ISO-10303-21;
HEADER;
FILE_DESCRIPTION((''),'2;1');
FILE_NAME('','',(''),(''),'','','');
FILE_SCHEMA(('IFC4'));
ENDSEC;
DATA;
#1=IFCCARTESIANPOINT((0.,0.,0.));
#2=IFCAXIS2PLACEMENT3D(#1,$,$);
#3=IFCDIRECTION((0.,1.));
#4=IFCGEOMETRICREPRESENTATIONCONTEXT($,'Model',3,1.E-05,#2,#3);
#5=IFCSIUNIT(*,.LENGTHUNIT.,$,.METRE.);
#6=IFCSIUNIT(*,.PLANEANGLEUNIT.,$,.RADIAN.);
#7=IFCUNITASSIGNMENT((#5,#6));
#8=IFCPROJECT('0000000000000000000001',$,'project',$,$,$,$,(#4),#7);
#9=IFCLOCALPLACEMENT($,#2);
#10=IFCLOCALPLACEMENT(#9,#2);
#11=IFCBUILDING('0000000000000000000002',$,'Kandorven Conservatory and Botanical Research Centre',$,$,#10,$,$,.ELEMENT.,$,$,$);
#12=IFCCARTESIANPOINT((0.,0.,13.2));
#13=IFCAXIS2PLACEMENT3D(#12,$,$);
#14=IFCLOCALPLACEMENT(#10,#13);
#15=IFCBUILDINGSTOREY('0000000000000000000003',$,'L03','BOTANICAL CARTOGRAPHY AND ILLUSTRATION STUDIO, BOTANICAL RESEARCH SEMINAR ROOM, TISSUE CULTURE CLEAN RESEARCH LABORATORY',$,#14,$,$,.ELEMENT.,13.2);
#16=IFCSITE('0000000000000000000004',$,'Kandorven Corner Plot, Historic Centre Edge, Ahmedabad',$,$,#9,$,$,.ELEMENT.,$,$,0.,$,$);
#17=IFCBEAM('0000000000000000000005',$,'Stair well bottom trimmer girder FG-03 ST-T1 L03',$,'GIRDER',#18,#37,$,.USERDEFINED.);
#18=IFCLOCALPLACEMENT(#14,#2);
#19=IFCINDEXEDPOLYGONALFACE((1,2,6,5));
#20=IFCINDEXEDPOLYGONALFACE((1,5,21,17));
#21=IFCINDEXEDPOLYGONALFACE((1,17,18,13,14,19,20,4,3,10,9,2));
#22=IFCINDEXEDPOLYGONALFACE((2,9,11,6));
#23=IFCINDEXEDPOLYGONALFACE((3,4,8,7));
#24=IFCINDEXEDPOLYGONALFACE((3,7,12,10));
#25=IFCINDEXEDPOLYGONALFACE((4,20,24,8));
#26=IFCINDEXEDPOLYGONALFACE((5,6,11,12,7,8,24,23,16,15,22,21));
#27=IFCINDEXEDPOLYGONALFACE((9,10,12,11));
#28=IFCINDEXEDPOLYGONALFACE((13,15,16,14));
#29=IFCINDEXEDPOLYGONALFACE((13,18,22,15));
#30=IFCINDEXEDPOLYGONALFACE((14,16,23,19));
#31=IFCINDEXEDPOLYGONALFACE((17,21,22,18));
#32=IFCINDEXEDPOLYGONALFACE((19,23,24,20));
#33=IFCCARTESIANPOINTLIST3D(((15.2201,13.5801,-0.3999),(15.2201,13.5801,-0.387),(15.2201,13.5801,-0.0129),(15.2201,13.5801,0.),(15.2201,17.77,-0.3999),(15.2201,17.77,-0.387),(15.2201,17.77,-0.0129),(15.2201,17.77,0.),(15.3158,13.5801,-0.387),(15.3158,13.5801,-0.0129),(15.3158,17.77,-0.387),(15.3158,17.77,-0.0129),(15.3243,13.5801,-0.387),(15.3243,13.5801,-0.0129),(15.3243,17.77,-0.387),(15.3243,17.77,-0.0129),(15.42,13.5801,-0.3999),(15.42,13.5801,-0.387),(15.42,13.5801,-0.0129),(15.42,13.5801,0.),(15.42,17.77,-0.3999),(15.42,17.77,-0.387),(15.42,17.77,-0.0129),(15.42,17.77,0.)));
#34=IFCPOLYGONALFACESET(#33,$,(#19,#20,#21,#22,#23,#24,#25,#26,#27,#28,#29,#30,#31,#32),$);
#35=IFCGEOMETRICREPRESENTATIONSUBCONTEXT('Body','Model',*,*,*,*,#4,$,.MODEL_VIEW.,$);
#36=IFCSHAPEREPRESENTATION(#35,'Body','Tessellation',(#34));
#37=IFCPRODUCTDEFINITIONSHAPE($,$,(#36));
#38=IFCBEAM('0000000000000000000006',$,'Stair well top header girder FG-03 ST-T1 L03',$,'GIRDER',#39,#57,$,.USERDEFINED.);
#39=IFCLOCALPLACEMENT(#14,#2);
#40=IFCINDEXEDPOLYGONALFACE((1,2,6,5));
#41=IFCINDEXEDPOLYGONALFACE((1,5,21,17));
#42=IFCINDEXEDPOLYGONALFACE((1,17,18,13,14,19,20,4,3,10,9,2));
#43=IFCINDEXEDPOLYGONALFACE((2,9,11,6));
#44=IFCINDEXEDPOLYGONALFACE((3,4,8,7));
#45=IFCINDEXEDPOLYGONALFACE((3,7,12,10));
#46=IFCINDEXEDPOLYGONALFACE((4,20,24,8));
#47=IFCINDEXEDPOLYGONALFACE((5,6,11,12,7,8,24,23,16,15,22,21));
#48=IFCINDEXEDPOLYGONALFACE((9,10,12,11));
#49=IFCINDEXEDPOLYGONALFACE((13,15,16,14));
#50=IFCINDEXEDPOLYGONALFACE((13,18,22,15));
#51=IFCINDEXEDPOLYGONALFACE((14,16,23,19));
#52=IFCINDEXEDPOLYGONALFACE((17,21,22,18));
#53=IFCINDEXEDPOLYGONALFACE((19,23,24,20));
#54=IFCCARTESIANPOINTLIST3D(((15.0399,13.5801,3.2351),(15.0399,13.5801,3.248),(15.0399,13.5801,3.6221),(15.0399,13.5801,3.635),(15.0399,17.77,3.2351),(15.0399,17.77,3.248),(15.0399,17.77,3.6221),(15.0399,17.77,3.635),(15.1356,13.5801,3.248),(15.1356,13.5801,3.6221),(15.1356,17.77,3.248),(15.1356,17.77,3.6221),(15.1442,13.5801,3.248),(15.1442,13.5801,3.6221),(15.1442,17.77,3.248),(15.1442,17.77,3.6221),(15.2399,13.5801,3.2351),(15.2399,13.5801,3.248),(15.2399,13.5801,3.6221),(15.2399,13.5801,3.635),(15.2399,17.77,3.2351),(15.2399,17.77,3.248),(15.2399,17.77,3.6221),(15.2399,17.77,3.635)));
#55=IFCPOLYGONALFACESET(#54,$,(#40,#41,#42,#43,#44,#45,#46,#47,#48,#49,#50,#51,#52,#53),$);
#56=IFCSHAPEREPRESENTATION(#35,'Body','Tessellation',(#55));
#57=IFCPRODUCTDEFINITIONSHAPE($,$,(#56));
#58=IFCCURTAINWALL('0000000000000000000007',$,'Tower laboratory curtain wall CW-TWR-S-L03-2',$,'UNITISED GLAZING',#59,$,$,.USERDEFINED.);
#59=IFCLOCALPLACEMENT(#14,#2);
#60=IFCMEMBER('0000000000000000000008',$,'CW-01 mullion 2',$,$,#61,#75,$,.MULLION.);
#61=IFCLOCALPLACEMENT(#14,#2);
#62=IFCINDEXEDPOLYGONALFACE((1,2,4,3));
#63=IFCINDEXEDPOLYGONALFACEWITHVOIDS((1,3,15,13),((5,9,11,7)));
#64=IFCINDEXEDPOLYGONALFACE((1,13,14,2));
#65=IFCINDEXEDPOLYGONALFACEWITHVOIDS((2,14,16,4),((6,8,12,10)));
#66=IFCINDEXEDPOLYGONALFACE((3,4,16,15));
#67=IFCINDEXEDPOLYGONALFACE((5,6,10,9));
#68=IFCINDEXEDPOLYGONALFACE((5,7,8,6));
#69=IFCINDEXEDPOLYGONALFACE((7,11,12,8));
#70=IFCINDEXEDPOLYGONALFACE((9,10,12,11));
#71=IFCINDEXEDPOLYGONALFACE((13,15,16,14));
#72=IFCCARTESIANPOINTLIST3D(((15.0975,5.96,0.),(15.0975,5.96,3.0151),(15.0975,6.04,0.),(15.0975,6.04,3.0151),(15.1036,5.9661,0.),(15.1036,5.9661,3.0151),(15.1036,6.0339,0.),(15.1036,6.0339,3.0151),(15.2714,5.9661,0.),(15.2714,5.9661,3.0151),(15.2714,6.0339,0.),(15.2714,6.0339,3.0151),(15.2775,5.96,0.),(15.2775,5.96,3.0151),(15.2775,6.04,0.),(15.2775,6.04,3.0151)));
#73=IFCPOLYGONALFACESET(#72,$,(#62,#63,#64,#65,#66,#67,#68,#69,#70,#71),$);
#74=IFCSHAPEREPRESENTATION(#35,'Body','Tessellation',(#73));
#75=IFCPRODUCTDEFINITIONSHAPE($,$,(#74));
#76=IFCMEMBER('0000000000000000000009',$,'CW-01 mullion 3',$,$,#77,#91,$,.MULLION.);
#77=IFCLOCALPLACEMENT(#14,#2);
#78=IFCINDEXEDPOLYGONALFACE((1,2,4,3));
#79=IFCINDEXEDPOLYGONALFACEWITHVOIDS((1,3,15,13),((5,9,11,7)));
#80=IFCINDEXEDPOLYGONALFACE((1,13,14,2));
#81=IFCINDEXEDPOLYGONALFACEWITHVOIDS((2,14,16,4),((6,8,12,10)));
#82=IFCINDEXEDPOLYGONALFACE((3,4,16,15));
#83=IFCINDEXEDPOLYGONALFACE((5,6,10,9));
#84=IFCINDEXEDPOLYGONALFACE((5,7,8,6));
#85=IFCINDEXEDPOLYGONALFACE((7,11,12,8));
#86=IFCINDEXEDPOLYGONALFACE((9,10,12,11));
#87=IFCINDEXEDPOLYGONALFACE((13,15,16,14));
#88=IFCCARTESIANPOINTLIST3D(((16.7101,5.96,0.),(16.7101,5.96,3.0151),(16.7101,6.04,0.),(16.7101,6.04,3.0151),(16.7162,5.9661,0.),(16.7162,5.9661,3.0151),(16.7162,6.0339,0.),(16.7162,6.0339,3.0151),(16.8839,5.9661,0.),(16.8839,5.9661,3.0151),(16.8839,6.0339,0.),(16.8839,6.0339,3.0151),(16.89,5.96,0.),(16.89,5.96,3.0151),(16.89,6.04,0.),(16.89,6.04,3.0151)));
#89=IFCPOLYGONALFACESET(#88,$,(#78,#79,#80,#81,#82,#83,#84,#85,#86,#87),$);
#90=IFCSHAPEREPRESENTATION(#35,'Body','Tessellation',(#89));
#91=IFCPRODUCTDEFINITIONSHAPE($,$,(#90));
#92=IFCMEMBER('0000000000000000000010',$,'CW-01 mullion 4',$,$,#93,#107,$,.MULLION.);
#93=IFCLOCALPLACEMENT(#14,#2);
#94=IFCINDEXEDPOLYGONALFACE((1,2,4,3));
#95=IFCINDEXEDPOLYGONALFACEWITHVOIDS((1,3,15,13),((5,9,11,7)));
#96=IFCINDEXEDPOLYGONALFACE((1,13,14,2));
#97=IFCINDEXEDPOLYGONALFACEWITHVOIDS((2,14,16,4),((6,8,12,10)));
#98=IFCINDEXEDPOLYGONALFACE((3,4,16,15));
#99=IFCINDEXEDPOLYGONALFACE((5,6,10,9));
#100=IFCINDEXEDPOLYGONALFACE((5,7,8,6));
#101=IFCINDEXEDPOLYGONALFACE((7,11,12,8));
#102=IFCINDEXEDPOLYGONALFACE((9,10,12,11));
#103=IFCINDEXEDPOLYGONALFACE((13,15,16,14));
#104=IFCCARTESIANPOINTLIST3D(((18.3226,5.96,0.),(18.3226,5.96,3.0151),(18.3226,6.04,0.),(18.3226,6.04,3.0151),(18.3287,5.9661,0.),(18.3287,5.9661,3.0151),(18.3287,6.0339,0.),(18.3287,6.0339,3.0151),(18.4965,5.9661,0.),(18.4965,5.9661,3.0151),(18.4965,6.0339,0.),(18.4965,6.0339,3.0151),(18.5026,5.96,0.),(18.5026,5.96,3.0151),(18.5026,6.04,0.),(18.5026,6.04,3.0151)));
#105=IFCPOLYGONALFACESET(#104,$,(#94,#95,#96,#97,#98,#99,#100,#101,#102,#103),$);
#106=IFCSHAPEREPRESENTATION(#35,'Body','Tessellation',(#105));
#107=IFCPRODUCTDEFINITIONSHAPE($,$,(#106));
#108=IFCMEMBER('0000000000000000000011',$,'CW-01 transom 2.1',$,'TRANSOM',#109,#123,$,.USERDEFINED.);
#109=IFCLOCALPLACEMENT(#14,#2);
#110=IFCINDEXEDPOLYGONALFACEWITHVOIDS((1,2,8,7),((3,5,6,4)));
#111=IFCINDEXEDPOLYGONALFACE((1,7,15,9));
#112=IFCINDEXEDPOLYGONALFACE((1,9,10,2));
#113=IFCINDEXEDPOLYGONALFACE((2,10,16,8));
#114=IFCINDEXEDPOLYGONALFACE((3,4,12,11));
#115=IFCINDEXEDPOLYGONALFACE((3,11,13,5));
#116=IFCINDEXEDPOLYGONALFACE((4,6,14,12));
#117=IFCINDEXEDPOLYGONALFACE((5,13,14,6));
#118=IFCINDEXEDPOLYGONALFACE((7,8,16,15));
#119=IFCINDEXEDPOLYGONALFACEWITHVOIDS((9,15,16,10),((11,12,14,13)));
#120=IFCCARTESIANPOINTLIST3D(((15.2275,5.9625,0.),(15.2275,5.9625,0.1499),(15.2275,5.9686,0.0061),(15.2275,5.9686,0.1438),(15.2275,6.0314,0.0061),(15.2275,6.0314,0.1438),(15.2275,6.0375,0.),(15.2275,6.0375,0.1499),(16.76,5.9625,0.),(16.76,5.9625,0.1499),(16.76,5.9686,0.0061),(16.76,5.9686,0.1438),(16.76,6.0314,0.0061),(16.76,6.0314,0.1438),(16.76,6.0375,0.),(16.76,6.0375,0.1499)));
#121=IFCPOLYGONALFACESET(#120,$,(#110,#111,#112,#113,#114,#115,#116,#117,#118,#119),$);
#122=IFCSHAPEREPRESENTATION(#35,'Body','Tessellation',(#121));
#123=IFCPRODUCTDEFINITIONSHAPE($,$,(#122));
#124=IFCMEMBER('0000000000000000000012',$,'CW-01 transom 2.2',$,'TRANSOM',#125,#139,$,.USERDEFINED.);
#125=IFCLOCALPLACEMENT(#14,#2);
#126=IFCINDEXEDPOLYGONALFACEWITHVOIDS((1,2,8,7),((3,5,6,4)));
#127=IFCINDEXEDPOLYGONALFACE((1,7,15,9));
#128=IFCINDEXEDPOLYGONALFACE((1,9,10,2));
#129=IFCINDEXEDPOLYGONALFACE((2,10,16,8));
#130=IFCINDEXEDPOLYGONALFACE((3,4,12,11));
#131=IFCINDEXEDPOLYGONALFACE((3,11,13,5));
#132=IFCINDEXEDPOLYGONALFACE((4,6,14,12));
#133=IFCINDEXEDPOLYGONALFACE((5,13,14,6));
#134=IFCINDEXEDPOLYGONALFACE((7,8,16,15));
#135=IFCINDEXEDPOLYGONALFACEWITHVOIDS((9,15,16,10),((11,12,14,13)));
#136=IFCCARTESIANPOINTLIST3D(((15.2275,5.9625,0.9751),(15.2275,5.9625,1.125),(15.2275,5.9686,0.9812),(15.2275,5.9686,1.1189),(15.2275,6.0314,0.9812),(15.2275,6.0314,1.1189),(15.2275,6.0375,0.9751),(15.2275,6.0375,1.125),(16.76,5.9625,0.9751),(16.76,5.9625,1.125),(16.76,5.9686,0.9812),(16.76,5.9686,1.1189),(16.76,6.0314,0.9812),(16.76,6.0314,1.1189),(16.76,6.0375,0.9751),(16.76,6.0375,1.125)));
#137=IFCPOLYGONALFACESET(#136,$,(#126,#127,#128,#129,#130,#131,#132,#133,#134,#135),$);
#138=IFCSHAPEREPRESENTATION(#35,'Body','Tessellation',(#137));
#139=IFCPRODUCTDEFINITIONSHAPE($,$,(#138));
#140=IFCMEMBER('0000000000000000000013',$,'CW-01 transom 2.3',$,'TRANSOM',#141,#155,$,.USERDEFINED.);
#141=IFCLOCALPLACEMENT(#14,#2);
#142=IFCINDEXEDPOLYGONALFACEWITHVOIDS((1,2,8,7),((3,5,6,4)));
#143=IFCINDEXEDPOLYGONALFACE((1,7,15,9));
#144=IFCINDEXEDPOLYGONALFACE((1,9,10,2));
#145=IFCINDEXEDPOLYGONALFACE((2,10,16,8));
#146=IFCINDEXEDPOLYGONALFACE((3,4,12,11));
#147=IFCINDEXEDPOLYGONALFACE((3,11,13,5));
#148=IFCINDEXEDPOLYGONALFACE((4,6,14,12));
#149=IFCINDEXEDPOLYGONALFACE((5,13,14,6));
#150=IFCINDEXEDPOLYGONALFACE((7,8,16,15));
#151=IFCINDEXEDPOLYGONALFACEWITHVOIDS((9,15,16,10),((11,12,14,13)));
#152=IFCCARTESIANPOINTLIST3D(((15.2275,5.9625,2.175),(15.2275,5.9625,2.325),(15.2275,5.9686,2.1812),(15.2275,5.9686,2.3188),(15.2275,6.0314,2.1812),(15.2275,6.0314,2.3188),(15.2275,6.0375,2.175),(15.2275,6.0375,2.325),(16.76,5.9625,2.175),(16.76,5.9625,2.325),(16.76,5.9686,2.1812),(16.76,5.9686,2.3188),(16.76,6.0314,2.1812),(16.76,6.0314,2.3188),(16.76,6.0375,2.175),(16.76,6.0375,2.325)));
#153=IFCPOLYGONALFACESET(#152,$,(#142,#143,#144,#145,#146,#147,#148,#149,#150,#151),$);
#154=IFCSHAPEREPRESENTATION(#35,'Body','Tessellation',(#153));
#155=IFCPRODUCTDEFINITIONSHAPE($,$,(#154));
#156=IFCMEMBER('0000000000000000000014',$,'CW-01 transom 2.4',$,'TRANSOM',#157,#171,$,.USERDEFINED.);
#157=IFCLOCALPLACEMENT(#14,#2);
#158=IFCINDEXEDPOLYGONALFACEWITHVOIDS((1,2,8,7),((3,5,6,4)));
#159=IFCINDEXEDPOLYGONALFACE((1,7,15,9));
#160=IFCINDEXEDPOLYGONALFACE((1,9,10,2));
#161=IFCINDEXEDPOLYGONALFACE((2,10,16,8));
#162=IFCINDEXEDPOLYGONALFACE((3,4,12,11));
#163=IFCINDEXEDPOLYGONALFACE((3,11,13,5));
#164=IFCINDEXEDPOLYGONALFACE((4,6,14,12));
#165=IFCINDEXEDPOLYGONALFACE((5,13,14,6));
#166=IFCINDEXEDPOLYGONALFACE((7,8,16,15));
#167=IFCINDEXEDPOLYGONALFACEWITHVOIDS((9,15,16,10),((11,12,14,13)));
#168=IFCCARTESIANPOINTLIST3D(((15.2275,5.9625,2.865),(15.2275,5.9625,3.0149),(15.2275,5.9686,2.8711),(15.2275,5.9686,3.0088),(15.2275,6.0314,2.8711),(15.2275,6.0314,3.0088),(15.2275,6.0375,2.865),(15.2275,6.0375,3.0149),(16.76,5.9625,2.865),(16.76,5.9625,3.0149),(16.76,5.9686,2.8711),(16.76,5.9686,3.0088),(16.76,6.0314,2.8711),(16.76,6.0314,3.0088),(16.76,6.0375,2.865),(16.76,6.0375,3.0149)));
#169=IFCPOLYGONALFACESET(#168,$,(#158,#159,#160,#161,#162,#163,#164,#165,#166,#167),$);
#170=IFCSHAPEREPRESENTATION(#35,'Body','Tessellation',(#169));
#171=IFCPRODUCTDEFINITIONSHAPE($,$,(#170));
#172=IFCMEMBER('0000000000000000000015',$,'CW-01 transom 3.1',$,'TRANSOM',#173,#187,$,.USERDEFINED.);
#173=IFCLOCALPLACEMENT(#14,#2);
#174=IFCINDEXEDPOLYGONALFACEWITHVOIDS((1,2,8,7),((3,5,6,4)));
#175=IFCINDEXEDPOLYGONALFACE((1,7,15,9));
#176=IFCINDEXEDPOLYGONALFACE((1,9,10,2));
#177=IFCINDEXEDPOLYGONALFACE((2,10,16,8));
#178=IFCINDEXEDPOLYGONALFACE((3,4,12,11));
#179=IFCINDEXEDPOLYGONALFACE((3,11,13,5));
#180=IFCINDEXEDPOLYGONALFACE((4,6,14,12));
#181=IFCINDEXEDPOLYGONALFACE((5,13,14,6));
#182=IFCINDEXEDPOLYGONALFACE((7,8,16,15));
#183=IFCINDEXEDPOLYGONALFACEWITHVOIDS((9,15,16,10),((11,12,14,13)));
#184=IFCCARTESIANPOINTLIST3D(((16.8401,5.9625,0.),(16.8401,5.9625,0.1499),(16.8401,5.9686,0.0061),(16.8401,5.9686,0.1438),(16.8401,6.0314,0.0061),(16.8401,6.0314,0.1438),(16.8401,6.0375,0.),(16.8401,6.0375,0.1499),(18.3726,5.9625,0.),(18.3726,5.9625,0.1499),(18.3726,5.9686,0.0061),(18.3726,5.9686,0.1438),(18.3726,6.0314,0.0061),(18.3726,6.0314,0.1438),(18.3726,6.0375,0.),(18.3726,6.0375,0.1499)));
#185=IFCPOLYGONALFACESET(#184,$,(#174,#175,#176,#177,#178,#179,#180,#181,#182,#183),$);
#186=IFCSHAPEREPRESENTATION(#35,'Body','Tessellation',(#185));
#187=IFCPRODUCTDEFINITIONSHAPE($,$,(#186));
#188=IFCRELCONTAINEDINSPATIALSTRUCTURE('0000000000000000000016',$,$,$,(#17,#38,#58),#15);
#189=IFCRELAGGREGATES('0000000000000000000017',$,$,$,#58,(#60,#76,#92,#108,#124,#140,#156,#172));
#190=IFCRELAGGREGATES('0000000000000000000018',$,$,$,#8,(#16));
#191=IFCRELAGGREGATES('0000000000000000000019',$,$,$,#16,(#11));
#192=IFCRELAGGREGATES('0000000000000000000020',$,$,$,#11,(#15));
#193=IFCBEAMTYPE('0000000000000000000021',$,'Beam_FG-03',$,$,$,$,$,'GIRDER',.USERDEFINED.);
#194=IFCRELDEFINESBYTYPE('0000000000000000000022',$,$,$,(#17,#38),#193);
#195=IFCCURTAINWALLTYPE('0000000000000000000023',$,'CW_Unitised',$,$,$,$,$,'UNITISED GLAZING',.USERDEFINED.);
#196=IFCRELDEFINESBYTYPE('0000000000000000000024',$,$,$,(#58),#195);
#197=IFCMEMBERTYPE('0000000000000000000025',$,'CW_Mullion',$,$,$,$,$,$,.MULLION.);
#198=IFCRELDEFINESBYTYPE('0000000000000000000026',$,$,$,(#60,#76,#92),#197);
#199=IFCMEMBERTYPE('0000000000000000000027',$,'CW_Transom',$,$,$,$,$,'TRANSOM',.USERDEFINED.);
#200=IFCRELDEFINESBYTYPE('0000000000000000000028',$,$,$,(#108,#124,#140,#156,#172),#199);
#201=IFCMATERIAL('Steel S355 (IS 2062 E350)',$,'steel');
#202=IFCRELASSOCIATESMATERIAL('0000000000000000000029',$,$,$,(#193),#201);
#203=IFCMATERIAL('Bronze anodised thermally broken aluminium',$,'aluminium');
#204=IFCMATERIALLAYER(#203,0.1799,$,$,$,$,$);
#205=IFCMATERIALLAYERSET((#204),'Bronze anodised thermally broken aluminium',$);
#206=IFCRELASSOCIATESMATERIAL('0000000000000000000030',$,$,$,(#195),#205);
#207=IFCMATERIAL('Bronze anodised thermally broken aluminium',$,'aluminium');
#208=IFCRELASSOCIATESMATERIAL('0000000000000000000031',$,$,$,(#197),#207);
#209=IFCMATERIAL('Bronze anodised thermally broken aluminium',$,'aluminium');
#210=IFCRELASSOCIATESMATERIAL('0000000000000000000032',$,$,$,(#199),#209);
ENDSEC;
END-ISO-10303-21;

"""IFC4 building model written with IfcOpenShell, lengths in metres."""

from ifc_helpers import new_model, si_unit, direction, frame, origin, origin_2d, place, context, subcontext, project, spatial, hollow_rectangle, i_section, extrude, material, layer, layer_set, material_profile, profile_set, type_object, element, aggregate, save


model = new_model("IFC4")

# Units and contexts
model_context = context("Model", 3, precision=1e-05, world=origin(), true_north=direction((0.0, 1.0)))
body_context = subcontext(model_context, "Body", "Model", "MODEL_VIEW")
ifc_project = project(units=[si_unit("LENGTHUNIT", "METRE"), si_unit("PLANEANGLEUNIT", "RADIAN")], contexts=[model_context])

# Site, building, storey
site_placement = place(None, origin())
site = spatial("IfcSite", under=ifc_project, at=site_placement, Name="Kandorven Corner Plot, Historic Centre Edge, Ahmedabad", CompositionType="ELEMENT", RefElevation=0.0)
building_placement = place(site_placement, origin())
building = spatial("IfcBuilding", under=site, at=building_placement, Name="Kandorven Conservatory and Botanical Research Centre", CompositionType="ELEMENT")
storey_placement = place(building_placement, frame((0.0, 0.0, 13.2)))
storey = spatial("IfcBuildingStorey", under=building, at=storey_placement, Name="L03", Description="BOTANICAL CARTOGRAPHY AND ILLUSTRATION STUDIO, BOTANICAL RESEARCH SEMINAR ROOM, TISSUE CULTURE CLEAN RESEARCH LABORATORY", CompositionType="ELEMENT", Elevation=13.2)

# Beams
ifc_material_1 = material(Name="Steel S355 (IS 2062 E350)", Category="steel")
ifc_material_profile_1 = material_profile(ifc_material_1, i_section(OverallWidth=0.2, OverallDepth=0.3999, WebThickness=0.0085, FlangeThickness=0.0129, at=origin_2d()))
ifc_profile_set_1 = profile_set([ifc_material_profile_1], Name="Steel S355 (IS 2062 E350)")
beam_type = type_object("IfcBeamType", Name="Beam_FG-03", ElementType="GIRDER", PredefinedType="USERDEFINED", material=ifc_profile_set_1)
for number, where, z_axis, x_axis, name in (
    (1, (15.3201, 13.5801, -0.2), (0.0, 1.0, 0.0), (-1.0, 0.0, 0.0), "Stair well bottom trimmer girder FG-03 ST-T1 L03"),
    (2, (15.1399, 13.5801, 3.4351), (0.0, 1.0, 0.0), (-1.0, 0.0, 0.0), "Stair well top header girder FG-03 ST-T1 L03"),
):
    element("IfcBeam", number, at=place(storey_placement, frame(where, z_axis=z_axis, x_axis=x_axis)), inside=storey, type_object=beam_type, Name=name, ObjectType="GIRDER", PredefinedType="USERDEFINED", context=body_context, shape_type="SweptSolid", body=[
        extrude(i_section(OverallWidth=0.2, OverallDepth=0.3999, WebThickness=0.0085, FlangeThickness=0.0129, at=origin_2d()), origin(), (0.0, 0.0, 1.0), 4.1899),
    ])

# Curtain wall, members
ifc_material_2 = material(Name="Bronze anodised thermally broken aluminium", Category="aluminium")
ifc_layer_1 = layer(ifc_material_2, 0.1799)
ifc_layer_set_1 = layer_set([ifc_layer_1], Name="Bronze anodised thermally broken aluminium")
curtain_wall_type = type_object("IfcCurtainWallType", Name="CW_Unitised", ElementType="UNITISED GLAZING", PredefinedType="USERDEFINED", material=ifc_layer_set_1)
curtain_wall_placement = place(storey_placement, origin())
curtain_wall = element("IfcCurtainWall", 3, at=curtain_wall_placement, inside=storey, type_object=curtain_wall_type, Name="Tower laboratory curtain wall CW-TWR-S-L03-2", ObjectType="UNITISED GLAZING", PredefinedType="USERDEFINED")
ifc_material_3 = material(Name="Bronze anodised thermally broken aluminium", Category="aluminium")
ifc_material_profile_2 = material_profile(ifc_material_3, hollow_rectangle(XDim=0.0801, YDim=0.1799, WallThickness=0.0061, at=origin_2d()))
ifc_profile_set_2 = profile_set([ifc_material_profile_2], Name="Bronze anodised thermally broken aluminium")
member_type_1 = type_object("IfcMemberType", Name="CW_Mullion", PredefinedType="MULLION", material=ifc_profile_set_2)
member_1_placement = place(storey_placement, frame((15.1875, 6.0, 0.0), z_axis=(0.0, 0.0, 1.0), x_axis=(0.0, 1.0, 0.0)))
member_1 = element("IfcMember", 4, at=member_1_placement, type_object=member_type_1, Name="CW-01 mullion 2", PredefinedType="MULLION", context=body_context, shape_type="SweptSolid", body=[
    extrude(hollow_rectangle(XDim=0.0801, YDim=0.1799, WallThickness=0.0061, at=origin_2d()), origin(), (0.0, 0.0, 1.0), 3.0151),
])
member_2_placement = place(storey_placement, frame((16.8, 6.0, 0.0), z_axis=(0.0, 0.0, 1.0), x_axis=(0.0, 1.0, 0.0)))
member_2 = element("IfcMember", 5, at=member_2_placement, type_object=member_type_1, Name="CW-01 mullion 3", PredefinedType="MULLION", context=body_context, shape_type="SweptSolid", body=[
    extrude(hollow_rectangle(XDim=0.0801, YDim=0.1799, WallThickness=0.0061, at=origin_2d()), origin(), (0.0, 0.0, 1.0), 3.0151),
])
member_3_placement = place(storey_placement, frame((18.4126, 6.0, 0.0), z_axis=(0.0, 0.0, 1.0), x_axis=(0.0, 1.0, 0.0)))
member_3 = element("IfcMember", 6, at=member_3_placement, type_object=member_type_1, Name="CW-01 mullion 4", PredefinedType="MULLION", context=body_context, shape_type="SweptSolid", body=[
    extrude(hollow_rectangle(XDim=0.0801, YDim=0.1799, WallThickness=0.0061, at=origin_2d()), origin(), (0.0, 0.0, 1.0), 3.0151),
])
ifc_material_4 = material(Name="Bronze anodised thermally broken aluminium", Category="aluminium")
ifc_material_profile_3 = material_profile(ifc_material_4, hollow_rectangle(XDim=0.075, YDim=0.1499, WallThickness=0.0061, at=origin_2d()))
ifc_profile_set_3 = profile_set([ifc_material_profile_3], Name="Bronze anodised thermally broken aluminium")
member_type_2 = type_object("IfcMemberType", Name="CW_Transom", ElementType="TRANSOM", PredefinedType="USERDEFINED", material=ifc_profile_set_3)
member_4_placement = place(storey_placement, frame((15.2275, 6.0, 0.075), z_axis=(1.0, 0.0, 0.0), x_axis=(0.0, 1.0, 0.0)))
member_4 = element("IfcMember", 7, at=member_4_placement, type_object=member_type_2, Name="CW-01 transom 2.1", ObjectType="TRANSOM", PredefinedType="USERDEFINED", context=body_context, shape_type="SweptSolid", body=[
    extrude(hollow_rectangle(XDim=0.075, YDim=0.1499, WallThickness=0.0061, at=origin_2d()), origin(), (0.0, 0.0, 1.0), 1.5325),
])
member_5_placement = place(storey_placement, frame((15.2275, 6.0, 1.05), z_axis=(1.0, 0.0, 0.0), x_axis=(0.0, 1.0, 0.0)))
member_5 = element("IfcMember", 8, at=member_5_placement, type_object=member_type_2, Name="CW-01 transom 2.2", ObjectType="TRANSOM", PredefinedType="USERDEFINED", context=body_context, shape_type="SweptSolid", body=[
    extrude(hollow_rectangle(XDim=0.075, YDim=0.1499, WallThickness=0.0061, at=origin_2d()), origin(), (0.0, 0.0, 1.0), 1.5325),
])
member_6_placement = place(storey_placement, frame((15.2275, 6.0, 2.25), z_axis=(1.0, 0.0, 0.0), x_axis=(0.0, 1.0, 0.0)))
member_6 = element("IfcMember", 9, at=member_6_placement, type_object=member_type_2, Name="CW-01 transom 2.3", ObjectType="TRANSOM", PredefinedType="USERDEFINED", context=body_context, shape_type="SweptSolid", body=[
    extrude(hollow_rectangle(XDim=0.075, YDim=0.1499, WallThickness=0.0061, at=origin_2d()), origin(), (0.0, 0.0, 1.0), 1.5325),
])
member_7_placement = place(storey_placement, frame((15.2275, 6.0, 2.9399), z_axis=(1.0, 0.0, 0.0), x_axis=(0.0, 1.0, 0.0)))
member_7 = element("IfcMember", 10, at=member_7_placement, type_object=member_type_2, Name="CW-01 transom 2.4", ObjectType="TRANSOM", PredefinedType="USERDEFINED", context=body_context, shape_type="SweptSolid", body=[
    extrude(hollow_rectangle(XDim=0.075, YDim=0.1499, WallThickness=0.0061, at=origin_2d()), origin(), (0.0, 0.0, 1.0), 1.5325),
])
member_8_placement = place(storey_placement, frame((16.8401, 6.0, 0.075), z_axis=(1.0, 0.0, 0.0), x_axis=(0.0, 1.0, 0.0)))
member_8 = element("IfcMember", 11, at=member_8_placement, type_object=member_type_2, Name="CW-01 transom 3.1", ObjectType="TRANSOM", PredefinedType="USERDEFINED", context=body_context, shape_type="SweptSolid", body=[
    extrude(hollow_rectangle(XDim=0.075, YDim=0.1499, WallThickness=0.0061, at=origin_2d()), origin(), (0.0, 0.0, 1.0), 1.5325),
])
aggregate(curtain_wall, [member_1, member_2, member_3, member_4, member_5, member_6, member_7, member_8])

save(model, "model.ifc")
